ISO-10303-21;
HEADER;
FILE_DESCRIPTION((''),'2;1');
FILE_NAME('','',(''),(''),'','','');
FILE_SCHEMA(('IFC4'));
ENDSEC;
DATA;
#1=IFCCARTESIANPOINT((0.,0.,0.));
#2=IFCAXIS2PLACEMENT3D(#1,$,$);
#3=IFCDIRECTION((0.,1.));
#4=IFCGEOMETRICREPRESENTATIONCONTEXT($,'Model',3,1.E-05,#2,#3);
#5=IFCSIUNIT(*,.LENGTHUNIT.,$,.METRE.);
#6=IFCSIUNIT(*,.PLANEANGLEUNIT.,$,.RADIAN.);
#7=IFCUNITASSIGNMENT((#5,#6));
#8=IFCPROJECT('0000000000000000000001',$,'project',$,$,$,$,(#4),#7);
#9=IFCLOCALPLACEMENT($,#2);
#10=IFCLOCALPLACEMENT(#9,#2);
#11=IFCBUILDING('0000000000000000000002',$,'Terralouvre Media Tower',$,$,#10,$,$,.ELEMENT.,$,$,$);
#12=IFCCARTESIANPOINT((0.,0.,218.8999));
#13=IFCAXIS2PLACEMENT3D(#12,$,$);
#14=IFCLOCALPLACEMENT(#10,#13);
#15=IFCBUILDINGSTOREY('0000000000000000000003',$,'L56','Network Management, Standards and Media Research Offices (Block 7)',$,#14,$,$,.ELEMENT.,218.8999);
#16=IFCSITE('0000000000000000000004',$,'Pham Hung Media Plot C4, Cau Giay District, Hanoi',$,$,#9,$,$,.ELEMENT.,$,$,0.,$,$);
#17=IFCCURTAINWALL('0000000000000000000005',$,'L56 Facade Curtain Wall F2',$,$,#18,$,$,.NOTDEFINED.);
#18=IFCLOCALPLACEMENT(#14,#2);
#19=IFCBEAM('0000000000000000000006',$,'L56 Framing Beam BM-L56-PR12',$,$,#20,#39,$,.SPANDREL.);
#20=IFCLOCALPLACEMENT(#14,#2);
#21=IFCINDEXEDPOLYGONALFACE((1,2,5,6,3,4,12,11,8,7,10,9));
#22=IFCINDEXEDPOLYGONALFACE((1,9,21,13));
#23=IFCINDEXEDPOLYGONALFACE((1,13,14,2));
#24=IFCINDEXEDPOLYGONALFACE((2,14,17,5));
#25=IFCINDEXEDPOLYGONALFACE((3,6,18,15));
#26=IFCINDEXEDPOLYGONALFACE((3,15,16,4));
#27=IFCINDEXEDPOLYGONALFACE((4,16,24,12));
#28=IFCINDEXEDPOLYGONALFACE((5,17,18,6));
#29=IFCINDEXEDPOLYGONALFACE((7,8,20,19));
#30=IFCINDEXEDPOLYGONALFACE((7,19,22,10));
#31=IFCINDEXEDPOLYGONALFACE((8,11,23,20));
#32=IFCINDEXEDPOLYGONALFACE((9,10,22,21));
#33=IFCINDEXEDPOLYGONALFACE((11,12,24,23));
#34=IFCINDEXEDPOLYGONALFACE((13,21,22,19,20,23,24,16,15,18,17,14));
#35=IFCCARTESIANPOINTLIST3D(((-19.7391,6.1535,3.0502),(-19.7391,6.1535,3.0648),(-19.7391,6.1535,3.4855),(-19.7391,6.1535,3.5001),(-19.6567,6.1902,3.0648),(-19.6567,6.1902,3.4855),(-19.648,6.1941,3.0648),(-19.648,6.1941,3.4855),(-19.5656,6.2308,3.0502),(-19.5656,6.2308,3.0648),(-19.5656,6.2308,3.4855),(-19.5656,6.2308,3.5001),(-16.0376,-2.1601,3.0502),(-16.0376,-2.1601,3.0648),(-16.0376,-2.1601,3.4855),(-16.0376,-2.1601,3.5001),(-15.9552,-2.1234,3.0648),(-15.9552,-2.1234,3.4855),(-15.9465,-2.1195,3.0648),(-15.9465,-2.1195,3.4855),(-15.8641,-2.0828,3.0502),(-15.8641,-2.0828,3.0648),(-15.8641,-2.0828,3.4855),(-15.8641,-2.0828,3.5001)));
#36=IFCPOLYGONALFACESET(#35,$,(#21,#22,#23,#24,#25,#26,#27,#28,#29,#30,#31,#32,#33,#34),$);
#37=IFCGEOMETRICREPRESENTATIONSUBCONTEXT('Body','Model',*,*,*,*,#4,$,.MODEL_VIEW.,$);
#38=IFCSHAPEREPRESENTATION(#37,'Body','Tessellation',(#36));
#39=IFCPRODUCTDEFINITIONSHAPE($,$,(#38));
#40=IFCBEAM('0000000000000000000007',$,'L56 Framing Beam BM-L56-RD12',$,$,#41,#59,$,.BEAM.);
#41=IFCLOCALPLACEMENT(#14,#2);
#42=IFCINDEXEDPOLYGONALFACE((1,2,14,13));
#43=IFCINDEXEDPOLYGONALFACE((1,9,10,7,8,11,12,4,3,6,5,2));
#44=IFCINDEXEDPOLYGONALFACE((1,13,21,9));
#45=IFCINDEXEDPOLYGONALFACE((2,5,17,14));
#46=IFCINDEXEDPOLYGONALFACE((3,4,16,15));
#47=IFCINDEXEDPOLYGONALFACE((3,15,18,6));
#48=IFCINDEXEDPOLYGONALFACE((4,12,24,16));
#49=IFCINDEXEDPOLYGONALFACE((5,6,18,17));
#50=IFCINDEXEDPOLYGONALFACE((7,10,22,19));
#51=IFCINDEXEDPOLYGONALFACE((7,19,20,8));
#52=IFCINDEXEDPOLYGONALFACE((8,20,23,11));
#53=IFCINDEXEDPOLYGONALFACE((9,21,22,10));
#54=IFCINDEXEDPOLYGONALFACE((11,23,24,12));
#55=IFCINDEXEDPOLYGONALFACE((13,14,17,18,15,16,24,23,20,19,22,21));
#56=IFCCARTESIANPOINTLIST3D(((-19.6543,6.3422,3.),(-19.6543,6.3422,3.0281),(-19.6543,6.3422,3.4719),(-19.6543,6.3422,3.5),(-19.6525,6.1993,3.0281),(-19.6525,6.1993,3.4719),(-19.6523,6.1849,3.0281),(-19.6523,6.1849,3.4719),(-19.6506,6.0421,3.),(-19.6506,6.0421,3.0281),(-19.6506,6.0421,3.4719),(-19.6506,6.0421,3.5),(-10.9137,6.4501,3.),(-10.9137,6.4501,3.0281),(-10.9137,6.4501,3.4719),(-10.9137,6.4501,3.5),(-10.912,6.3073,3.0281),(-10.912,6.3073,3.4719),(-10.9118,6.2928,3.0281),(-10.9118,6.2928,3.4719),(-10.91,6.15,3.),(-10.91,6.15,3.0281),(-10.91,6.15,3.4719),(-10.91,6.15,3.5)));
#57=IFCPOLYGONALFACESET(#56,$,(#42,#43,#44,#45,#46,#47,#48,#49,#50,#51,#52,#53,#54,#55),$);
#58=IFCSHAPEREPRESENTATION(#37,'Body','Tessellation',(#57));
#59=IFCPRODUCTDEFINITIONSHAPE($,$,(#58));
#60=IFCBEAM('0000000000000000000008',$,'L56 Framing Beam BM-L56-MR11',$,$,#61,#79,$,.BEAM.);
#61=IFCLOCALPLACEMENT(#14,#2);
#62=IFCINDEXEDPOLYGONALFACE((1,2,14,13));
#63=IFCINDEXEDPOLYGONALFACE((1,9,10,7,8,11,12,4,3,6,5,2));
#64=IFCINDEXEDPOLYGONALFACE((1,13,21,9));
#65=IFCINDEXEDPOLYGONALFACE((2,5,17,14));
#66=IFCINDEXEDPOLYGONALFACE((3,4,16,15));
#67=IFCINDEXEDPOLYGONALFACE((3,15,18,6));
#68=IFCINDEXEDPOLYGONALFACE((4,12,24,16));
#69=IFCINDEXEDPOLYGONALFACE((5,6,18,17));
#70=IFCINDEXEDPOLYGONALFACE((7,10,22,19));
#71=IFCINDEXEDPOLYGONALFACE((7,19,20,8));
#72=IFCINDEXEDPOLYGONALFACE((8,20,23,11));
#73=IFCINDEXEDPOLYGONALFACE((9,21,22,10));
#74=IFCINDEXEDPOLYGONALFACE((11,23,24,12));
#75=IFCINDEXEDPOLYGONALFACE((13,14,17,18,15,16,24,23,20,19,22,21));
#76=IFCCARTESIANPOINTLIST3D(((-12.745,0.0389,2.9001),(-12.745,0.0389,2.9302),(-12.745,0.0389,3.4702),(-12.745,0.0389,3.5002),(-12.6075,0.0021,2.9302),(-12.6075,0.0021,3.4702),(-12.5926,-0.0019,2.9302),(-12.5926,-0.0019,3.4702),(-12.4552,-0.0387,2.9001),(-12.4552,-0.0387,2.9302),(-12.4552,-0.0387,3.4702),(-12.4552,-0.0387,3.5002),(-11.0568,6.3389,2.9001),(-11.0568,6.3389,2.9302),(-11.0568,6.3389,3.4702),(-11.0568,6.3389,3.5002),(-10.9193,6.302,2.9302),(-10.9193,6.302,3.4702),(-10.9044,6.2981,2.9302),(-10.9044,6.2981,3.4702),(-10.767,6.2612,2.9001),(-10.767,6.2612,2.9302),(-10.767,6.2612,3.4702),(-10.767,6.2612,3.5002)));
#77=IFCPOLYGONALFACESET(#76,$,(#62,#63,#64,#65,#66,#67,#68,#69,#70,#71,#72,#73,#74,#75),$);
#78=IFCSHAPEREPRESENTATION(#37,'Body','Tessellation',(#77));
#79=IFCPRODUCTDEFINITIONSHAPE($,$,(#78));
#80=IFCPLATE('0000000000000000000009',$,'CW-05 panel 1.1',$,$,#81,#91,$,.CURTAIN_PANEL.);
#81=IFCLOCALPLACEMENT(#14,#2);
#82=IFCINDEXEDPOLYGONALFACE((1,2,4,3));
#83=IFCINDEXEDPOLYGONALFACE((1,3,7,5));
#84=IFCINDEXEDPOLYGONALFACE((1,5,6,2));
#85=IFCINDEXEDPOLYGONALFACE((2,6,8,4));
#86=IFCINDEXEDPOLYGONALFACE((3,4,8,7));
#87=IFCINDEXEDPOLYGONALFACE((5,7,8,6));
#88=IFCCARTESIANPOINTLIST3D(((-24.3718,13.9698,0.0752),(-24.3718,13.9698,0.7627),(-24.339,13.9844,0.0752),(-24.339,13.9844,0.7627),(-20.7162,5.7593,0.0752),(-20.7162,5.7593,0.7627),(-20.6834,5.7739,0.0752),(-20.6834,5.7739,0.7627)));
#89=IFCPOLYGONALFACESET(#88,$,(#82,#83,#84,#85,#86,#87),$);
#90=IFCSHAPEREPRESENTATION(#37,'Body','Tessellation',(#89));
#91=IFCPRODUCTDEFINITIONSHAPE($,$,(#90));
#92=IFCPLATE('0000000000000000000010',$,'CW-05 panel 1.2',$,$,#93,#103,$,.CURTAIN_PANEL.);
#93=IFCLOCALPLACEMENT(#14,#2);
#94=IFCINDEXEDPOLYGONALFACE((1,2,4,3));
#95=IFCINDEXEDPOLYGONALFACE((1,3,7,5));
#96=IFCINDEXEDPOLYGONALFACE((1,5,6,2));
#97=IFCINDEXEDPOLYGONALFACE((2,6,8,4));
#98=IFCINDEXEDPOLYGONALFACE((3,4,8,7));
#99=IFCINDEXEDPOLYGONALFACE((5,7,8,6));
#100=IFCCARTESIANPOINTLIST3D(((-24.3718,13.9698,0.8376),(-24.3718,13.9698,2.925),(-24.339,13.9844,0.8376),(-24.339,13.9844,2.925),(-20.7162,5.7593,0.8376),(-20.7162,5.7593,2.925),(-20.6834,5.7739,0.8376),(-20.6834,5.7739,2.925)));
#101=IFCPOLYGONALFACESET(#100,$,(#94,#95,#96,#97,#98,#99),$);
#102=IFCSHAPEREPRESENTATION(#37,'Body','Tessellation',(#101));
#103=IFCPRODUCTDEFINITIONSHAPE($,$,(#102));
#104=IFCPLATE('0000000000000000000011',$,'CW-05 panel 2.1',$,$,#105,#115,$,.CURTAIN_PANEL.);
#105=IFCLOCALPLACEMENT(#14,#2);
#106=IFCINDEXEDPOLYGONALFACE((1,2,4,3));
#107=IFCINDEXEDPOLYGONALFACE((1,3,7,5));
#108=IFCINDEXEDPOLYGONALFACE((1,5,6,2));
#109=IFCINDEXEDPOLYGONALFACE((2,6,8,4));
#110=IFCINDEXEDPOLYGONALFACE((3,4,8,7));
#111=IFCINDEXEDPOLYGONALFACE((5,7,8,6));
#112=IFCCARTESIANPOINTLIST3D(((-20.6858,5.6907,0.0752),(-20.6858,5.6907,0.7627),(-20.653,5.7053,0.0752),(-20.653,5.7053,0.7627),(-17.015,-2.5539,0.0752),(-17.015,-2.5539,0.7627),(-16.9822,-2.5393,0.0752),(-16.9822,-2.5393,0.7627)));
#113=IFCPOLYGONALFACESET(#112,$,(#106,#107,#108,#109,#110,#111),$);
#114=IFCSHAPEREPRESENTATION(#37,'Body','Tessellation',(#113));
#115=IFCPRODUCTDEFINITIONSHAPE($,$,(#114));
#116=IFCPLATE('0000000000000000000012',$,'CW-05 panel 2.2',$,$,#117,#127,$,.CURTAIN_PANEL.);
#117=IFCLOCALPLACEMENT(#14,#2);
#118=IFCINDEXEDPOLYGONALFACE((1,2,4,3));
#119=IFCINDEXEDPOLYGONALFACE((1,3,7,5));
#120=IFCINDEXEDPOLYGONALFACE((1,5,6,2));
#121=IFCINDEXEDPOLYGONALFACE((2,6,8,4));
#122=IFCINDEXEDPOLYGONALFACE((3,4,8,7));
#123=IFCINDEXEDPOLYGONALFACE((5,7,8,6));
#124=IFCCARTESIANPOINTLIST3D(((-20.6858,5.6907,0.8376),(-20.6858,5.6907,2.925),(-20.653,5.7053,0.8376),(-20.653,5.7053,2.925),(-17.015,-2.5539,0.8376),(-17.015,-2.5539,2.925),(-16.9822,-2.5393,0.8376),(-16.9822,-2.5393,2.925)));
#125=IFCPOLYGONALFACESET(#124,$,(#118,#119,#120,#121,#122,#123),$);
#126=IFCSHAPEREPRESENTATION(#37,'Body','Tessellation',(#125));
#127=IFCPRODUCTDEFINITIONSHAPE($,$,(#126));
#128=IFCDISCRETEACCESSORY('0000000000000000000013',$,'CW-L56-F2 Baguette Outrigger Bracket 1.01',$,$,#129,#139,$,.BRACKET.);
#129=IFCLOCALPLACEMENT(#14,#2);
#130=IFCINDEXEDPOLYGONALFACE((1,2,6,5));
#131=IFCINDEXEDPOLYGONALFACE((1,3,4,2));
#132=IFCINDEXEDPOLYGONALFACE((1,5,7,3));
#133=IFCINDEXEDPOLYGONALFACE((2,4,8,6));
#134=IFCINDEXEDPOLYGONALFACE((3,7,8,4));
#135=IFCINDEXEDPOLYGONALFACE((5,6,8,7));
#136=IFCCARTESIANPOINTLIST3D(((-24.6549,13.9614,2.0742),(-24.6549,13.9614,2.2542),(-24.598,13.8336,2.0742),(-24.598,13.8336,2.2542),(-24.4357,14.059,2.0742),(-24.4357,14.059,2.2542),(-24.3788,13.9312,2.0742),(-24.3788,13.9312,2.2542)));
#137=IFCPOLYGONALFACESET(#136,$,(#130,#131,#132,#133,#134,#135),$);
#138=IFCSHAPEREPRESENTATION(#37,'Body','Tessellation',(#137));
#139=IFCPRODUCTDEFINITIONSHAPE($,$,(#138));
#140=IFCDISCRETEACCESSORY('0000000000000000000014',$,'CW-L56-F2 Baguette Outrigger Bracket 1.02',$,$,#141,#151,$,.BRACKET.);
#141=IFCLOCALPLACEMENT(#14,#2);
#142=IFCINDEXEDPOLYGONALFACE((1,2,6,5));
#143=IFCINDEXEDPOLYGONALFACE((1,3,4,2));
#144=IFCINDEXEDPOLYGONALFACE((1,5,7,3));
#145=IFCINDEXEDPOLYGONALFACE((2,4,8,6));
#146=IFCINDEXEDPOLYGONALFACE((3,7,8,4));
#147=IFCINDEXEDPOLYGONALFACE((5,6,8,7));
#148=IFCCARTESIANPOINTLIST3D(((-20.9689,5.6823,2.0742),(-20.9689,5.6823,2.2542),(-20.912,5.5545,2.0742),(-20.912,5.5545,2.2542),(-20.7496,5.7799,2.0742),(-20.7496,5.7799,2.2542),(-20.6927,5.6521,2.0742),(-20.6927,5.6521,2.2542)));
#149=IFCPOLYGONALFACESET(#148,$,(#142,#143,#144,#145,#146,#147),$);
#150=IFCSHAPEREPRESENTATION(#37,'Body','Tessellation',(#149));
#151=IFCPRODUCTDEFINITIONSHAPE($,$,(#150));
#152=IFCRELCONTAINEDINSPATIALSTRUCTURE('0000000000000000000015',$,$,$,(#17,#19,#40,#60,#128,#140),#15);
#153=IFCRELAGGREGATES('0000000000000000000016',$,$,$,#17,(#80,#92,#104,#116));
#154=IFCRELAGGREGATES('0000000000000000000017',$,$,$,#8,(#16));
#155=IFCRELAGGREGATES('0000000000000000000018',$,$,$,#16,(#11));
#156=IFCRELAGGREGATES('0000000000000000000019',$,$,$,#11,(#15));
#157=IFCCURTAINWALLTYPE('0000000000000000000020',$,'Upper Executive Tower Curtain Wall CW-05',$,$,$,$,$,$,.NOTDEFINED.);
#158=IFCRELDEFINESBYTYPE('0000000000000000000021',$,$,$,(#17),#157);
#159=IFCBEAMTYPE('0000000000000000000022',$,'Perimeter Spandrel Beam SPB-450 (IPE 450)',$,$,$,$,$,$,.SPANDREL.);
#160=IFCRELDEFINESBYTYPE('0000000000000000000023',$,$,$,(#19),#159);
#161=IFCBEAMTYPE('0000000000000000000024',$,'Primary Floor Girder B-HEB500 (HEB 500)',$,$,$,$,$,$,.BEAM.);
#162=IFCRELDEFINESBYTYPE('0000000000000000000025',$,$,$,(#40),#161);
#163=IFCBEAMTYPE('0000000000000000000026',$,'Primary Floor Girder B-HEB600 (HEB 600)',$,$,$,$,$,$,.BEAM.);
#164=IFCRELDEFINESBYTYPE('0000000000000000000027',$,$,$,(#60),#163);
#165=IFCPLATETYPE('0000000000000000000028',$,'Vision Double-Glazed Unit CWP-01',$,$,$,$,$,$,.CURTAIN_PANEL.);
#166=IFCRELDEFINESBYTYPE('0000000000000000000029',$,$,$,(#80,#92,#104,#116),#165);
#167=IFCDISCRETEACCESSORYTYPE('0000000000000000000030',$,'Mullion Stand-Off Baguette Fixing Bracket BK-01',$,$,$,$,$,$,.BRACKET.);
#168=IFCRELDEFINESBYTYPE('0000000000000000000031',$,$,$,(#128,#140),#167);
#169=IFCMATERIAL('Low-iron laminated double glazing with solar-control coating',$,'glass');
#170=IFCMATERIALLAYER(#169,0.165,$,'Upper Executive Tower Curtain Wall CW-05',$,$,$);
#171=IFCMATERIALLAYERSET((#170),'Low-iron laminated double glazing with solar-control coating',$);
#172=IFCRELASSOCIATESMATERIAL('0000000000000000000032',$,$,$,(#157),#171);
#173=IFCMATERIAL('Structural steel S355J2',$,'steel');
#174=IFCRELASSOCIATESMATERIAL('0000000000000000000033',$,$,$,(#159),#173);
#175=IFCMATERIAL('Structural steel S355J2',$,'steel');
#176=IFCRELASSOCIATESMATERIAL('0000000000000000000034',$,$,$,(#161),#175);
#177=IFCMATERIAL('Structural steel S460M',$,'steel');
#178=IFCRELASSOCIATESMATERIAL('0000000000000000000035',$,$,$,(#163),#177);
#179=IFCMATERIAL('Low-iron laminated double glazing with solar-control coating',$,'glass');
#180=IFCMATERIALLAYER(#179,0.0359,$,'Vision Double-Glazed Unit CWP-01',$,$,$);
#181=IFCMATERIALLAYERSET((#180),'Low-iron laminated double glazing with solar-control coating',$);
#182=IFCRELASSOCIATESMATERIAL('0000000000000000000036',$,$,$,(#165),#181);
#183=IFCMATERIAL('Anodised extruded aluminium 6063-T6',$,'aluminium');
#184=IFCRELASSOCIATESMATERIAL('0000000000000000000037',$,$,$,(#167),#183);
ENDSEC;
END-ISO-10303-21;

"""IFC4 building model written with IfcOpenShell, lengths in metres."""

from ifc_helpers import new_model, si_unit, direction, frame, origin, origin_2d, place, context, subcontext, project, spatial, rectangle, i_section, extrude, material, layer, layer_set, material_profile, profile_set, type_object, element, aggregate, save


model = new_model("IFC4")

# Units and contexts
model_context = context("Model", 3, precision=1e-05, world=origin(), true_north=direction((0.0, 1.0)))
body_context = subcontext(model_context, "Body", "Model", "MODEL_VIEW")
ifc_project = project(units=[si_unit("LENGTHUNIT", "METRE"), si_unit("PLANEANGLEUNIT", "RADIAN")], contexts=[model_context])

# Site, building, storey
site_placement = place(None, origin())
site = spatial("IfcSite", under=ifc_project, at=site_placement, Name="Pham Hung Media Plot C4, Cau Giay District, Hanoi", CompositionType="ELEMENT", RefElevation=0.0)
building_placement = place(site_placement, origin())
building = spatial("IfcBuilding", under=site, at=building_placement, Name="Terralouvre Media Tower", CompositionType="ELEMENT")
storey_placement = place(building_placement, frame((0.0, 0.0, 218.8999)))
storey = spatial("IfcBuildingStorey", under=building, at=storey_placement, Name="L56", Description="Network Management, Standards and Media Research Offices (Block 7)", CompositionType="ELEMENT", Elevation=218.8999)

# Curtain wall
ifc_material_1 = material(Name="Low-iron laminated double glazing with solar-control coating", Category="glass")
ifc_layer_1 = layer(ifc_material_1, 0.165, Name="Upper Executive Tower Curtain Wall CW-05")
ifc_layer_set_1 = layer_set([ifc_layer_1], Name="Low-iron laminated double glazing with solar-control coating")
curtain_wall_type_1 = type_object("IfcCurtainWallType", Name="Upper Executive Tower Curtain Wall CW-05", PredefinedType="NOTDEFINED", material=ifc_layer_set_1)
curtain_wall_1_placement = place(storey_placement, origin())
curtain_wall_1 = element("IfcCurtainWall", 1, at=curtain_wall_1_placement, inside=storey, type_object=curtain_wall_type_1, Name="L56 Facade Curtain Wall F2", PredefinedType="NOTDEFINED")

# Beams
ifc_material_2 = material(Name="Structural steel S355J2", Category="steel")
ifc_material_profile_1 = material_profile(ifc_material_2, i_section(OverallWidth=0.1899, OverallDepth=0.45, WebThickness=0.0095, FlangeThickness=0.0146, at=origin_2d()), Name="IPE 450")
ifc_profile_set_1 = profile_set([ifc_material_profile_1], Name="Structural steel S355J2")
beam_type_1 = type_object("IfcBeamType", Name="Perimeter Spandrel Beam SPB-450 (IPE 450)", PredefinedType="SPANDREL", material=ifc_profile_set_1)
beam_1_placement = place(storey_placement, frame((-19.6523, 6.1921, 3.2751), z_axis=(0.406738, -0.913545, 0.0), x_axis=(0.913545, 0.406738, 0.0)))
element("IfcBeam", 2, at=beam_1_placement, inside=storey, type_object=beam_type_1, Name="L56 Framing Beam BM-L56-PR12", PredefinedType="SPANDREL", context=body_context, shape_type="SweptSolid", body=[
    extrude(i_section(OverallWidth=0.1899, OverallDepth=0.45, WebThickness=0.0095, FlangeThickness=0.0146, at=origin_2d()), origin(), (0.0, 0.0, 1.0), 9.1003),
])
ifc_material_3 = material(Name="Structural steel S355J2", Category="steel")
ifc_material_profile_2 = material_profile(ifc_material_3, i_section(OverallWidth=0.3, OverallDepth=0.5, WebThickness=0.0144, FlangeThickness=0.0281, at=origin_2d()), Name="HEB 500")
ifc_profile_set_2 = profile_set([ifc_material_profile_2], Name="Structural steel S355J2")
beam_type_2 = type_object("IfcBeamType", Name="Primary Floor Girder B-HEB500 (HEB 500)", PredefinedType="BEAM", material=ifc_profile_set_2)
beam_2_placement = place(storey_placement, frame((-10.9119, 6.3, 3.25), z_axis=(-0.999924, -0.012345, 0.0), x_axis=(0.012345, -0.999924, 0.0)))
element("IfcBeam", 3, at=beam_2_placement, inside=storey, type_object=beam_type_2, Name="L56 Framing Beam BM-L56-RD12", PredefinedType="BEAM", context=body_context, shape_type="SweptSolid", body=[
    extrude(i_section(OverallWidth=0.3, OverallDepth=0.5, WebThickness=0.0144, FlangeThickness=0.0281, at=origin_2d()), origin(), (0.0, 0.0, 1.0), 8.7412),
])
ifc_material_4 = material(Name="Structural steel S460M", Category="steel")
ifc_material_profile_3 = material_profile(ifc_material_4, i_section(OverallWidth=0.3, OverallDepth=0.6001, WebThickness=0.0154, FlangeThickness=0.03, at=origin_2d()), Name="HEB 600")
ifc_profile_set_3 = profile_set([ifc_material_profile_3], Name="Structural steel S460M")
beam_type_3 = type_object("IfcBeamType", Name="Primary Floor Girder B-HEB600 (HEB 600)", PredefinedType="BEAM", material=ifc_profile_set_3)
beam_3_placement = place(storey_placement, frame((-10.9119, 6.3, 3.2002), z_axis=(-0.258839, -0.96592, 0.0), x_axis=(0.96592, -0.258839, 0.0)))
element("IfcBeam", 4, at=beam_3_placement, inside=storey, type_object=beam_type_3, Name="L56 Framing Beam BM-L56-MR11", PredefinedType="BEAM", context=body_context, shape_type="SweptSolid", body=[
    extrude(i_section(OverallWidth=0.3, OverallDepth=0.6001, WebThickness=0.0154, FlangeThickness=0.03, at=origin_2d()), origin(), (0.0, 0.0, 1.0), 6.5222),
])

# Plates
ifc_material_5 = material(Name="Low-iron laminated double glazing with solar-control coating", Category="glass")
ifc_layer_2 = layer(ifc_material_5, 0.0359, Name="Vision Double-Glazed Unit CWP-01")
ifc_layer_set_2 = layer_set([ifc_layer_2], Name="Low-iron laminated double glazing with solar-control coating")
plate_type = type_object("IfcPlateType", Name="Vision Double-Glazed Unit CWP-01", PredefinedType="CURTAIN_PANEL", material=ifc_layer_set_2)
plate_1_placement = place(storey_placement, frame((-22.5276, 9.8718, 0.0752), z_axis=(0.0, 0.0, 1.0), x_axis=(0.406737, -0.913545, 0.0)))
plate_1 = element("IfcPlate", 5, at=plate_1_placement, type_object=plate_type, Name="CW-05 panel 1.1", PredefinedType="CURTAIN_PANEL", context=body_context, shape_type="SweptSolid", body=[
    extrude(rectangle(XDim=8.9875, YDim=0.0359, at=origin_2d()), origin(), (0.0, 0.0, 1.0), 0.6875),
])
plate_2_placement = place(storey_placement, frame((-22.5276, 9.8718, 0.8376), z_axis=(0.0, 0.0, 1.0), x_axis=(0.406737, -0.913545, 0.0)))
plate_2 = element("IfcPlate", 6, at=plate_2_placement, type_object=plate_type, Name="CW-05 panel 1.2", PredefinedType="CURTAIN_PANEL", context=body_context, shape_type="SweptSolid", body=[
    extrude(rectangle(XDim=8.9875, YDim=0.0359, at=origin_2d()), origin(), (0.0, 0.0, 1.0), 2.0874),
])
plate_3_placement = place(storey_placement, frame((-18.834, 1.5757, 0.0752), z_axis=(0.0, 0.0, 1.0), x_axis=(0.406737, -0.913545, 0.0)))
plate_3 = element("IfcPlate", 7, at=plate_3_placement, type_object=plate_type, Name="CW-05 panel 2.1", PredefinedType="CURTAIN_PANEL", context=body_context, shape_type="SweptSolid", body=[
    extrude(rectangle(XDim=9.0249, YDim=0.0359, at=origin_2d()), origin(), (0.0, 0.0, 1.0), 0.6875),
])
plate_4_placement = place(storey_placement, frame((-18.834, 1.5757, 0.8376), z_axis=(0.0, 0.0, 1.0), x_axis=(0.406737, -0.913545, 0.0)))
plate_4 = element("IfcPlate", 8, at=plate_4_placement, type_object=plate_type, Name="CW-05 panel 2.2", PredefinedType="CURTAIN_PANEL", context=body_context, shape_type="SweptSolid", body=[
    extrude(rectangle(XDim=9.0249, YDim=0.0359, at=origin_2d()), origin(), (0.0, 0.0, 1.0), 2.0874),
])
aggregate(curtain_wall_1, [plate_1, plate_2, plate_3, plate_4])

# Discrete accessories
ifc_material_6 = material(Name="Anodised extruded aluminium 6063-T6", Category="aluminium")
discrete_accessory_type = type_object("IfcDiscreteAccessoryType", Name="Mullion Stand-Off Baguette Fixing Bracket BK-01", PredefinedType="BRACKET", material=ifc_material_6)
for number, where, z_axis, x_axis, name in (
    (9, (-24.5168, 13.9463, 2.0742), (0.0, 0.0, 1.0), (0.406737, -0.913545, 0.0), "CW-L56-F2 Baguette Outrigger Bracket 1.01"),
    (10, (-20.8308, 5.6672, 2.0742), (0.0, 0.0, 1.0), (0.406737, -0.913545, 0.0), "CW-L56-F2 Baguette Outrigger Bracket 1.02"),
):
    element("IfcDiscreteAccessory", number, at=place(storey_placement, frame(where, z_axis=z_axis, x_axis=x_axis)), inside=storey, type_object=discrete_accessory_type, Name=name, PredefinedType="BRACKET", context=body_context, shape_type="SweptSolid", body=[
        extrude(rectangle(XDim=0.1399, YDim=0.24, at=origin_2d()), origin(), (0.0, 0.0, 1.0), 0.1799),
    ])

save(model, "model.ifc")
